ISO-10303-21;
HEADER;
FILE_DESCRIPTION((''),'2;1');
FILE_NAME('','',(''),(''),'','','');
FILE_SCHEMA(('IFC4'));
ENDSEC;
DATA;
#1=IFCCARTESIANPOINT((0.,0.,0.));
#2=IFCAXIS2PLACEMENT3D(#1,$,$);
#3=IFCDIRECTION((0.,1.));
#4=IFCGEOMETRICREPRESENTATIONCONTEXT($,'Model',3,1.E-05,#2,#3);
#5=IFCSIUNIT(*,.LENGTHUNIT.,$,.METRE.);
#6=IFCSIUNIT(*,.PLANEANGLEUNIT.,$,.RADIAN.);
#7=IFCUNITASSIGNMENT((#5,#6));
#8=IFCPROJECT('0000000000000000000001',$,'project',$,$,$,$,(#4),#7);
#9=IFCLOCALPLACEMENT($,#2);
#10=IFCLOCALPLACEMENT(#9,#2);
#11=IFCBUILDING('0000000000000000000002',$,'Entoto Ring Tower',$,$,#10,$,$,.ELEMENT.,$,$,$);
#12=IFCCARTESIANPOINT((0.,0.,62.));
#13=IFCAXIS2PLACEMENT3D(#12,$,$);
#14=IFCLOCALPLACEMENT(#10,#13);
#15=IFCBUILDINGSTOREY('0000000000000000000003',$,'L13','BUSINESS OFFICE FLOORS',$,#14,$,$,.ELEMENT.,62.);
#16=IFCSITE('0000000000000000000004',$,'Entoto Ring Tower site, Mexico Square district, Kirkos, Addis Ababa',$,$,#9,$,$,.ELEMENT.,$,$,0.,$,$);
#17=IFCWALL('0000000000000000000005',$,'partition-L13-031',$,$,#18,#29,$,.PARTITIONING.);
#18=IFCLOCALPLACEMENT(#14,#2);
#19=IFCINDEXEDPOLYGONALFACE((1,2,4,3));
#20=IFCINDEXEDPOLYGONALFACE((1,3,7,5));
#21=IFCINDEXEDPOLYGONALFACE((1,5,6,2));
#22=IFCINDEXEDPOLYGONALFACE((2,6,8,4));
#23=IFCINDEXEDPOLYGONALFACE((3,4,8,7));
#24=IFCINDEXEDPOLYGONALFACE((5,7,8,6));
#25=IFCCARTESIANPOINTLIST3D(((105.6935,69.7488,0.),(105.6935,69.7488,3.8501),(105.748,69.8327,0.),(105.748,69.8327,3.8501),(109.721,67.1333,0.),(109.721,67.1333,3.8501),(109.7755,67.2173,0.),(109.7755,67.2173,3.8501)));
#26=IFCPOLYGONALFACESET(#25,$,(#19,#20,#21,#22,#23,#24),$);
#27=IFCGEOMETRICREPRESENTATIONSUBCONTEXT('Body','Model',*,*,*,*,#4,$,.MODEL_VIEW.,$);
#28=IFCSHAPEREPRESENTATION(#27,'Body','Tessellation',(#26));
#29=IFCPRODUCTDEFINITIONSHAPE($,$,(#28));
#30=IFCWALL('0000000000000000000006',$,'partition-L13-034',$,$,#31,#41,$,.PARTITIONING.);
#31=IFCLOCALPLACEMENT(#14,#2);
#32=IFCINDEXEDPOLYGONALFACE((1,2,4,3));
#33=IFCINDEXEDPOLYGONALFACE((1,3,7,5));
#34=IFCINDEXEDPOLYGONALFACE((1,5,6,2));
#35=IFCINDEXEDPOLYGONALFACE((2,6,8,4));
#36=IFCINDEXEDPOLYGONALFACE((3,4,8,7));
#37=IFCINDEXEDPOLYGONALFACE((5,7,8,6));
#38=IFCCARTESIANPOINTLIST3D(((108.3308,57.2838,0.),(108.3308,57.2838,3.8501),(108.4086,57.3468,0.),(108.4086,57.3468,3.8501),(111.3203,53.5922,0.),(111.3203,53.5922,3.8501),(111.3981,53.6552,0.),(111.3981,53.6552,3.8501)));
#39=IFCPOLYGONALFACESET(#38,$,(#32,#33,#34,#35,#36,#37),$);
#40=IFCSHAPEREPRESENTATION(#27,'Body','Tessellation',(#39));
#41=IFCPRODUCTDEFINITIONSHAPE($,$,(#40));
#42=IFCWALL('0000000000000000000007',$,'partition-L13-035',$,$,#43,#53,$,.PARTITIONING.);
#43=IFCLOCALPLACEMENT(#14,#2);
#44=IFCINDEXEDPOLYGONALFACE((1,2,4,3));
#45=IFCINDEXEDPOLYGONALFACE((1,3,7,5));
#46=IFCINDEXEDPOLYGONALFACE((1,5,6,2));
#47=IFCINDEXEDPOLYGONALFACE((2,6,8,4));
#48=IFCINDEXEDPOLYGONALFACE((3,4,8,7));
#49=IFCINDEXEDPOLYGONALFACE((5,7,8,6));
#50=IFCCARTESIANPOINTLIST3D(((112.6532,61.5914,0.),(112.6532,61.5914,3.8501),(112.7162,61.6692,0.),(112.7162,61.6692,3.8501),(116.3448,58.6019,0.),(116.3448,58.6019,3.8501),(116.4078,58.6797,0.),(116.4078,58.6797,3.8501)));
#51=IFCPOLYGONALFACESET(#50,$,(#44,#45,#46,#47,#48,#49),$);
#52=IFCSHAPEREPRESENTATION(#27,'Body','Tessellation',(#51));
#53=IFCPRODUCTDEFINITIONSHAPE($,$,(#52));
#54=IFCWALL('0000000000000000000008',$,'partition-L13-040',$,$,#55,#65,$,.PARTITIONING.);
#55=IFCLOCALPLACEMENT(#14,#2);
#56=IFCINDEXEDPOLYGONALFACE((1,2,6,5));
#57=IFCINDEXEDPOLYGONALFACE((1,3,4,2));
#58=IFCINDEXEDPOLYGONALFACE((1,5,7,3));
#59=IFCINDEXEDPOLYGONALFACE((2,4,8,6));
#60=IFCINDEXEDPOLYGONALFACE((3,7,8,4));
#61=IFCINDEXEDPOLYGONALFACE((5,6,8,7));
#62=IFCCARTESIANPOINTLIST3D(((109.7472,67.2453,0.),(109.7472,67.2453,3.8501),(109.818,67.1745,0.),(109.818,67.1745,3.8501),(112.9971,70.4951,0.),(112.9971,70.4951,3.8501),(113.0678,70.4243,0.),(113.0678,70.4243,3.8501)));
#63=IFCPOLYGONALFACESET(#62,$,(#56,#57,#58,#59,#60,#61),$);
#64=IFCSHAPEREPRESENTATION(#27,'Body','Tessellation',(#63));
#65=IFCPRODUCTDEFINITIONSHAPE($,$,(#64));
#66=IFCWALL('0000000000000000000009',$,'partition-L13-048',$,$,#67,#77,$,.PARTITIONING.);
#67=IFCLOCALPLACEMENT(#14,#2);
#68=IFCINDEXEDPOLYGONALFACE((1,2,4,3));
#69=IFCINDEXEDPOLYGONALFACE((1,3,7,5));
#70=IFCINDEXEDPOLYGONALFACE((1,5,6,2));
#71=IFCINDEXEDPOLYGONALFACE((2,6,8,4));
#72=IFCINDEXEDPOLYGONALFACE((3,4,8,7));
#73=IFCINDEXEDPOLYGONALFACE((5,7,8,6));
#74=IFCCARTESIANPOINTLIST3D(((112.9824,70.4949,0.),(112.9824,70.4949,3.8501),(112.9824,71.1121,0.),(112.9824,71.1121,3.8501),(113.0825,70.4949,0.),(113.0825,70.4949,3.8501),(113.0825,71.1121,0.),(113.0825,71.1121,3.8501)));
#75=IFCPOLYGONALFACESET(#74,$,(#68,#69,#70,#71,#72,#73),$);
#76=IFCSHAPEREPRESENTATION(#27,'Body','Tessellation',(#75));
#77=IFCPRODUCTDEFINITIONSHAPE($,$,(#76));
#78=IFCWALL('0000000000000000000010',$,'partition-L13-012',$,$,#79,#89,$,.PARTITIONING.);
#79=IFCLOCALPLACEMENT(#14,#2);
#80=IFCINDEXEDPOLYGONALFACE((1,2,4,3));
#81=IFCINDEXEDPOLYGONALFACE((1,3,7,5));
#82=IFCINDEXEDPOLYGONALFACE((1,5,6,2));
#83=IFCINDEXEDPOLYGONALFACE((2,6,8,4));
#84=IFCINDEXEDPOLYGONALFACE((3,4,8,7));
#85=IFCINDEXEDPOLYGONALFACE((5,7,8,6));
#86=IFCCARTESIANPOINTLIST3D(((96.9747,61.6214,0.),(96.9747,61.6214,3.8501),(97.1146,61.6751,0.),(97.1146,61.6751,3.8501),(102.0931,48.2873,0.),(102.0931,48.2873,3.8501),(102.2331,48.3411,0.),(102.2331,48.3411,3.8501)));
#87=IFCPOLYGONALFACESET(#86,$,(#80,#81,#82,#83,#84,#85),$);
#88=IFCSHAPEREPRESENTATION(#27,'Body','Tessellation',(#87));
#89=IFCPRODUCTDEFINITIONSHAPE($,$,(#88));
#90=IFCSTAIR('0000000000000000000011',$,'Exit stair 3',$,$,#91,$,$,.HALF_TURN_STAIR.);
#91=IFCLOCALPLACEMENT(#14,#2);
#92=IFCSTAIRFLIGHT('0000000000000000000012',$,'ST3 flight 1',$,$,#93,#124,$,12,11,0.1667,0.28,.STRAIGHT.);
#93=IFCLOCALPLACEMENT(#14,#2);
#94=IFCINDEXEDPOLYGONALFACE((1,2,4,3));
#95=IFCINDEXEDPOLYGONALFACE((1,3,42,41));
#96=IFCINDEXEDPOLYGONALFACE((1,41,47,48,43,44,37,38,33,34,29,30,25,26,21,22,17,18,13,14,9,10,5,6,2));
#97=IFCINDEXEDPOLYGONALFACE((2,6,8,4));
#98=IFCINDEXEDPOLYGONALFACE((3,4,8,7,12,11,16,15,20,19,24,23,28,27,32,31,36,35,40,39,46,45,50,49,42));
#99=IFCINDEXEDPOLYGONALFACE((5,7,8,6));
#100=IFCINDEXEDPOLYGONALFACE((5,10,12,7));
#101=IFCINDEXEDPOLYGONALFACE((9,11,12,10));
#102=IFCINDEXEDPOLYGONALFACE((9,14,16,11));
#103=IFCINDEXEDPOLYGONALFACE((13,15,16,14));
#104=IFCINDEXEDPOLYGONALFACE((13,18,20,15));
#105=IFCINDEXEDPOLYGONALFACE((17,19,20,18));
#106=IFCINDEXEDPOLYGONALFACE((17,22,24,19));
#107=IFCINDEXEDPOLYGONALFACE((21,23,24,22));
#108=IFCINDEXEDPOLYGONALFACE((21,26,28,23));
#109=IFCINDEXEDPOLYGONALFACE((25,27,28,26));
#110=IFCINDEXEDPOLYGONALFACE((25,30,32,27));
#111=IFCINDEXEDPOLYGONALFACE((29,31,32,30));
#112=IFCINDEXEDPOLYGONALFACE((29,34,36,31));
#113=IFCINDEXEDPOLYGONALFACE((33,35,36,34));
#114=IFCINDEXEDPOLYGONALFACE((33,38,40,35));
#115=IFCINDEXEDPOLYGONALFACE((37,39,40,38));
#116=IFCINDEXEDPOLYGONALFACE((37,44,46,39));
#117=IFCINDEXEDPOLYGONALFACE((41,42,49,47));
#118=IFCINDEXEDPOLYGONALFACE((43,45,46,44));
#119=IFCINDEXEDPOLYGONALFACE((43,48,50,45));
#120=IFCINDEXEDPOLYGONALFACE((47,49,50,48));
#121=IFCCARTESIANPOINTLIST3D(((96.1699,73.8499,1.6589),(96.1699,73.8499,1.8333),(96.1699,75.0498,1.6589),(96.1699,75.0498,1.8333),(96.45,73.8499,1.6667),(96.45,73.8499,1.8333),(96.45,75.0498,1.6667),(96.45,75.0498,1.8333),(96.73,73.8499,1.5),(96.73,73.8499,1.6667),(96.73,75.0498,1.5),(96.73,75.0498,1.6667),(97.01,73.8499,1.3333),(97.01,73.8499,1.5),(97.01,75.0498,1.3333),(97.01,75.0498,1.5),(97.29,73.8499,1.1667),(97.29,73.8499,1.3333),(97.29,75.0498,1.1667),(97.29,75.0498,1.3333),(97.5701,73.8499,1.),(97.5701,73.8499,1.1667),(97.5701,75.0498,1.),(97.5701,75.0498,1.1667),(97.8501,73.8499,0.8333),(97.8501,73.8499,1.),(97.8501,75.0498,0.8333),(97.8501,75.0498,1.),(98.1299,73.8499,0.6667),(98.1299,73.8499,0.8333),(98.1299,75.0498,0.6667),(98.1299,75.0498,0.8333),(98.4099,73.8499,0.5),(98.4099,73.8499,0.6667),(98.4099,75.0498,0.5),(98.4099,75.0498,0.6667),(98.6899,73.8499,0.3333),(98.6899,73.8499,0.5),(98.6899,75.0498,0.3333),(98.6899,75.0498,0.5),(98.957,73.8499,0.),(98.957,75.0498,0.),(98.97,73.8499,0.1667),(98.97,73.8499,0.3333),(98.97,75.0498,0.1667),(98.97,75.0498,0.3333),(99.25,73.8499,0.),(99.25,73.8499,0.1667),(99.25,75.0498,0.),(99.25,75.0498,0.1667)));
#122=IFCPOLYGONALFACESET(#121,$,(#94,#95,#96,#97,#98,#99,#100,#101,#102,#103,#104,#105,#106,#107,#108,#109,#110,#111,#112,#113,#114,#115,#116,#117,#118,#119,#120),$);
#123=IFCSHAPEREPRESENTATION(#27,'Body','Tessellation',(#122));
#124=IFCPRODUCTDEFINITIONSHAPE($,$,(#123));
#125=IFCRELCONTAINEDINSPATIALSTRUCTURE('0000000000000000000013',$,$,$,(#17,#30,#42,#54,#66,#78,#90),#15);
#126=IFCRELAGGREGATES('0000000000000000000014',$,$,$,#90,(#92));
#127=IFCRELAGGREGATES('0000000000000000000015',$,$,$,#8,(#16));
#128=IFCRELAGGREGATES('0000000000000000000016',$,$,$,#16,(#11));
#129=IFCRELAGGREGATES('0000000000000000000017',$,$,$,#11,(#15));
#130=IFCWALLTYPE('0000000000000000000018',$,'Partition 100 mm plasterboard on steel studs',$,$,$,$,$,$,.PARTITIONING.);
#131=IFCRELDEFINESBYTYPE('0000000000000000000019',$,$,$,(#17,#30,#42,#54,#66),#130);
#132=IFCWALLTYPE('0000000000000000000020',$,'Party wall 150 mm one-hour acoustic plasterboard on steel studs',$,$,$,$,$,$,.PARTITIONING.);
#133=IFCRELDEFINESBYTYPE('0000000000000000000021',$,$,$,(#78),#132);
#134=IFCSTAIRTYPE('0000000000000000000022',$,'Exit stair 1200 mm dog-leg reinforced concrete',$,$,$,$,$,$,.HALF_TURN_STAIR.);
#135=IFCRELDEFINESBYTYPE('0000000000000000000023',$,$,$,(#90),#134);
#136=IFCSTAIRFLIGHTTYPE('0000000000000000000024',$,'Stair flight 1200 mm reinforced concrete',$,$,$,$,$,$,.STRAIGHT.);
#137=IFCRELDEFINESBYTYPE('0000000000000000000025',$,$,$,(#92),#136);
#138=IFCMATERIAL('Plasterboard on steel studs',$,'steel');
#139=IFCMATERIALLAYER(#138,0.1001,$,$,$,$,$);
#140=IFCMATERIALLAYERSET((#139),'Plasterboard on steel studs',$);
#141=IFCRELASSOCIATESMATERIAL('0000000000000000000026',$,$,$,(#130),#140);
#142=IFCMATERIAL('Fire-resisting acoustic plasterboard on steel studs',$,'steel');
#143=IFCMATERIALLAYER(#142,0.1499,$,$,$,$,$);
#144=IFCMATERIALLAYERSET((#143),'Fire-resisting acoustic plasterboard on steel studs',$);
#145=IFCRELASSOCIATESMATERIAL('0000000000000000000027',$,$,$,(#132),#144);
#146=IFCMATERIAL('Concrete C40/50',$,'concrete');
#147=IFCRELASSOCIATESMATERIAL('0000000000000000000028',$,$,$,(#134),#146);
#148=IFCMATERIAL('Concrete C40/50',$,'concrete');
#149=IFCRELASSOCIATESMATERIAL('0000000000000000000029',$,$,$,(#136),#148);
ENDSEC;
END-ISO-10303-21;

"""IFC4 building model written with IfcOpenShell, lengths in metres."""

from ifc_helpers import new_model, si_unit, direction, frame, frame_2d, origin, place, context, subcontext, project, spatial, polyline, rectangle, outline, extrude, material, layer, layer_set, type_object, element, aggregate, save


model = new_model("IFC4")

# Units and contexts
model_context = context("Model", 3, precision=1e-05, world=origin(), true_north=direction((0.0, 1.0)))
body_context = subcontext(model_context, "Body", "Model", "MODEL_VIEW")
ifc_project = project(units=[si_unit("LENGTHUNIT", "METRE"), si_unit("PLANEANGLEUNIT", "RADIAN")], contexts=[model_context])

# Site, building, storey
site_placement = place(None, origin())
site = spatial("IfcSite", under=ifc_project, at=site_placement, Name="Entoto Ring Tower site, Mexico Square district, Kirkos, Addis Ababa", CompositionType="ELEMENT", RefElevation=0.0)
building_placement = place(site_placement, origin())
building = spatial("IfcBuilding", under=site, at=building_placement, Name="Entoto Ring Tower", CompositionType="ELEMENT")
storey_placement = place(building_placement, frame((0.0, 0.0, 62.0)))
storey = spatial("IfcBuildingStorey", under=building, at=storey_placement, Name="L13", Description="BUSINESS OFFICE FLOORS", CompositionType="ELEMENT", Elevation=62.0)

# Shared definitions
ifc_material_1 = material(Name="Plasterboard on steel studs", Category="steel")
ifc_layer_1 = layer(ifc_material_1, 0.1001)
ifc_layer_set_1 = layer_set([ifc_layer_1], Name="Plasterboard on steel studs")
wall_type_1 = type_object("IfcWallType", Name="Partition 100 mm plasterboard on steel studs", PredefinedType="PARTITIONING", material=ifc_layer_set_1)

# Walls
wall_1_placement = place(storey_placement, frame((109.7483, 67.1753, 0.0), z_axis=(0.0, 0.0, 1.0), x_axis=(-0.838677, 0.544629, 0.0)))
element("IfcWall", 1, at=wall_1_placement, inside=storey, type_object=wall_type_1, Name="partition-L13-031", PredefinedType="PARTITIONING", context=body_context, shape_type="SweptSolid", body=[
    extrude(rectangle(XDim=4.8022, YDim=0.1001, at=frame_2d((2.4011, 0.0))), origin(), (0.0, 0.0, 1.0), 3.8501),
])
for number, where, z_axis, x_axis, name in (
    (2, (111.3591, 53.6238, 0.0), (0.0, 0.0, 1.0), (-0.629328, 0.77714, 0.0), "partition-L13-034"),
    (3, (116.3762, 58.6409, 0.0), (0.0, 0.0, 1.0), (-0.77714, 0.629328, 0.0), "partition-L13-035"),
):
    element("IfcWall", number, at=place(storey_placement, frame(where, z_axis=z_axis, x_axis=x_axis)), inside=storey, type_object=wall_type_1, Name=name, PredefinedType="PARTITIONING", context=body_context, shape_type="SweptSolid", body=[
        extrude(rectangle(XDim=4.7502, YDim=0.1001, at=frame_2d((2.375, 0.0))), origin(), (0.0, 0.0, 1.0), 3.8501),
    ])
wall_2_placement = place(storey_placement, frame((109.7827, 67.21, 0.0), z_axis=(0.0, 0.0, 1.0), x_axis=(0.707107, 0.707107, 0.0)))
element("IfcWall", 4, at=wall_2_placement, inside=storey, type_object=wall_type_1, Name="partition-L13-040", PredefinedType="PARTITIONING", context=body_context, shape_type="SweptSolid", body=[
    extrude(rectangle(XDim=4.5959, YDim=0.1001, at=frame_2d((2.2979, 0.0))), origin(), (0.0, 0.0, 1.0), 3.8501),
])
wall_3_placement = place(storey_placement, frame((113.0325, 70.4949, 0.0), z_axis=(0.0, 0.0, 1.0), x_axis=(0.0, 1.0, 0.0)))
element("IfcWall", 5, at=wall_3_placement, inside=storey, type_object=wall_type_1, Name="partition-L13-048", PredefinedType="PARTITIONING", context=body_context, shape_type="SweptSolid", body=[
    extrude(rectangle(XDim=0.6172, YDim=0.1001, at=frame_2d((0.3086, 0.0))), origin(), (0.0, 0.0, 1.0), 3.8501),
])
ifc_material_2 = material(Name="Fire-resisting acoustic plasterboard on steel studs", Category="steel")
ifc_layer_2 = layer(ifc_material_2, 0.1499)
ifc_layer_set_2 = layer_set([ifc_layer_2], Name="Fire-resisting acoustic plasterboard on steel studs")
wall_type_2 = type_object("IfcWallType", Name="Party wall 150 mm one-hour acoustic plasterboard on steel studs", PredefinedType="PARTITIONING", material=ifc_layer_set_2)
wall_4_placement = place(storey_placement, frame((102.1631, 48.3142, 0.0), z_axis=(0.0, 0.0, 1.0), x_axis=(-0.358366, 0.933581, 0.0)))
element("IfcWall", 6, at=wall_4_placement, inside=storey, type_object=wall_type_2, Name="partition-L13-012", PredefinedType="PARTITIONING", context=body_context, shape_type="SweptSolid", body=[
    extrude(rectangle(XDim=14.2827, YDim=0.1499, at=frame_2d((7.1414, 0.0))), origin(), (0.0, 0.0, 1.0), 3.8501),
])

# Stair, stair flight
ifc_material_3 = material(Name="Concrete C40/50", Category="concrete")
stair_type = type_object("IfcStairType", Name="Exit stair 1200 mm dog-leg reinforced concrete", PredefinedType="HALF_TURN_STAIR", material=ifc_material_3)
stair_placement = place(storey_placement, origin())
stair = element("IfcStair", 7, at=stair_placement, inside=storey, type_object=stair_type, Name="Exit stair 3", PredefinedType="HALF_TURN_STAIR")
ifc_material_4 = material(Name="Concrete C40/50", Category="concrete")
stair_flight_type = type_object("IfcStairFlightType", Name="Stair flight 1200 mm reinforced concrete", PredefinedType="STRAIGHT", material=ifc_material_4)
stair_flight_placement = place(storey_placement, frame((99.25, 74.45, 0.0), z_axis=(0.0, 0.0, 1.0), x_axis=(-1.0, 0.0, 0.0)))
stair_flight = element("IfcStairFlight", 8, at=stair_flight_placement, type_object=stair_flight_type, Name="ST3 flight 1", NumberOfRisers=12, NumberOfTreads=11, PredefinedType="STRAIGHT", RiserHeight=0.1667, TreadLength=0.28, context=body_context, shape_type="SweptSolid", body=[
    extrude(outline(polyline([(0.0, 0.0), (0.0, 0.1667), (0.28, 0.1667), (0.28, 0.3333), (0.5601, 0.3333), (0.5601, 0.5), (0.8401, 0.5), (0.8401, 0.6667), (1.1201, 0.6667), (1.1201, 0.8333), (1.3999, 0.8333), (1.3999, 1.0), (1.6799, 1.0), (1.6799, 1.1667), (1.96, 1.1667), (1.96, 1.3333), (2.24, 1.3333), (2.24, 1.5), (2.52, 1.5), (2.52, 1.6667), (2.8, 1.6667), (2.8, 1.8333), (3.0801, 1.8333), (3.0801, 2.0), (3.0801, 1.6589), (0.293, 0.0), (0.0, 0.0)])), frame((0.0, 0.6001, 0.0), z_axis=(0.0, -1.0, 0.0), x_axis=(1.0, 0.0, 0.0)), (0.0, 0.0, 1.0), 1.2),
])
aggregate(stair, [stair_flight])

save(model, "model.ifc")
